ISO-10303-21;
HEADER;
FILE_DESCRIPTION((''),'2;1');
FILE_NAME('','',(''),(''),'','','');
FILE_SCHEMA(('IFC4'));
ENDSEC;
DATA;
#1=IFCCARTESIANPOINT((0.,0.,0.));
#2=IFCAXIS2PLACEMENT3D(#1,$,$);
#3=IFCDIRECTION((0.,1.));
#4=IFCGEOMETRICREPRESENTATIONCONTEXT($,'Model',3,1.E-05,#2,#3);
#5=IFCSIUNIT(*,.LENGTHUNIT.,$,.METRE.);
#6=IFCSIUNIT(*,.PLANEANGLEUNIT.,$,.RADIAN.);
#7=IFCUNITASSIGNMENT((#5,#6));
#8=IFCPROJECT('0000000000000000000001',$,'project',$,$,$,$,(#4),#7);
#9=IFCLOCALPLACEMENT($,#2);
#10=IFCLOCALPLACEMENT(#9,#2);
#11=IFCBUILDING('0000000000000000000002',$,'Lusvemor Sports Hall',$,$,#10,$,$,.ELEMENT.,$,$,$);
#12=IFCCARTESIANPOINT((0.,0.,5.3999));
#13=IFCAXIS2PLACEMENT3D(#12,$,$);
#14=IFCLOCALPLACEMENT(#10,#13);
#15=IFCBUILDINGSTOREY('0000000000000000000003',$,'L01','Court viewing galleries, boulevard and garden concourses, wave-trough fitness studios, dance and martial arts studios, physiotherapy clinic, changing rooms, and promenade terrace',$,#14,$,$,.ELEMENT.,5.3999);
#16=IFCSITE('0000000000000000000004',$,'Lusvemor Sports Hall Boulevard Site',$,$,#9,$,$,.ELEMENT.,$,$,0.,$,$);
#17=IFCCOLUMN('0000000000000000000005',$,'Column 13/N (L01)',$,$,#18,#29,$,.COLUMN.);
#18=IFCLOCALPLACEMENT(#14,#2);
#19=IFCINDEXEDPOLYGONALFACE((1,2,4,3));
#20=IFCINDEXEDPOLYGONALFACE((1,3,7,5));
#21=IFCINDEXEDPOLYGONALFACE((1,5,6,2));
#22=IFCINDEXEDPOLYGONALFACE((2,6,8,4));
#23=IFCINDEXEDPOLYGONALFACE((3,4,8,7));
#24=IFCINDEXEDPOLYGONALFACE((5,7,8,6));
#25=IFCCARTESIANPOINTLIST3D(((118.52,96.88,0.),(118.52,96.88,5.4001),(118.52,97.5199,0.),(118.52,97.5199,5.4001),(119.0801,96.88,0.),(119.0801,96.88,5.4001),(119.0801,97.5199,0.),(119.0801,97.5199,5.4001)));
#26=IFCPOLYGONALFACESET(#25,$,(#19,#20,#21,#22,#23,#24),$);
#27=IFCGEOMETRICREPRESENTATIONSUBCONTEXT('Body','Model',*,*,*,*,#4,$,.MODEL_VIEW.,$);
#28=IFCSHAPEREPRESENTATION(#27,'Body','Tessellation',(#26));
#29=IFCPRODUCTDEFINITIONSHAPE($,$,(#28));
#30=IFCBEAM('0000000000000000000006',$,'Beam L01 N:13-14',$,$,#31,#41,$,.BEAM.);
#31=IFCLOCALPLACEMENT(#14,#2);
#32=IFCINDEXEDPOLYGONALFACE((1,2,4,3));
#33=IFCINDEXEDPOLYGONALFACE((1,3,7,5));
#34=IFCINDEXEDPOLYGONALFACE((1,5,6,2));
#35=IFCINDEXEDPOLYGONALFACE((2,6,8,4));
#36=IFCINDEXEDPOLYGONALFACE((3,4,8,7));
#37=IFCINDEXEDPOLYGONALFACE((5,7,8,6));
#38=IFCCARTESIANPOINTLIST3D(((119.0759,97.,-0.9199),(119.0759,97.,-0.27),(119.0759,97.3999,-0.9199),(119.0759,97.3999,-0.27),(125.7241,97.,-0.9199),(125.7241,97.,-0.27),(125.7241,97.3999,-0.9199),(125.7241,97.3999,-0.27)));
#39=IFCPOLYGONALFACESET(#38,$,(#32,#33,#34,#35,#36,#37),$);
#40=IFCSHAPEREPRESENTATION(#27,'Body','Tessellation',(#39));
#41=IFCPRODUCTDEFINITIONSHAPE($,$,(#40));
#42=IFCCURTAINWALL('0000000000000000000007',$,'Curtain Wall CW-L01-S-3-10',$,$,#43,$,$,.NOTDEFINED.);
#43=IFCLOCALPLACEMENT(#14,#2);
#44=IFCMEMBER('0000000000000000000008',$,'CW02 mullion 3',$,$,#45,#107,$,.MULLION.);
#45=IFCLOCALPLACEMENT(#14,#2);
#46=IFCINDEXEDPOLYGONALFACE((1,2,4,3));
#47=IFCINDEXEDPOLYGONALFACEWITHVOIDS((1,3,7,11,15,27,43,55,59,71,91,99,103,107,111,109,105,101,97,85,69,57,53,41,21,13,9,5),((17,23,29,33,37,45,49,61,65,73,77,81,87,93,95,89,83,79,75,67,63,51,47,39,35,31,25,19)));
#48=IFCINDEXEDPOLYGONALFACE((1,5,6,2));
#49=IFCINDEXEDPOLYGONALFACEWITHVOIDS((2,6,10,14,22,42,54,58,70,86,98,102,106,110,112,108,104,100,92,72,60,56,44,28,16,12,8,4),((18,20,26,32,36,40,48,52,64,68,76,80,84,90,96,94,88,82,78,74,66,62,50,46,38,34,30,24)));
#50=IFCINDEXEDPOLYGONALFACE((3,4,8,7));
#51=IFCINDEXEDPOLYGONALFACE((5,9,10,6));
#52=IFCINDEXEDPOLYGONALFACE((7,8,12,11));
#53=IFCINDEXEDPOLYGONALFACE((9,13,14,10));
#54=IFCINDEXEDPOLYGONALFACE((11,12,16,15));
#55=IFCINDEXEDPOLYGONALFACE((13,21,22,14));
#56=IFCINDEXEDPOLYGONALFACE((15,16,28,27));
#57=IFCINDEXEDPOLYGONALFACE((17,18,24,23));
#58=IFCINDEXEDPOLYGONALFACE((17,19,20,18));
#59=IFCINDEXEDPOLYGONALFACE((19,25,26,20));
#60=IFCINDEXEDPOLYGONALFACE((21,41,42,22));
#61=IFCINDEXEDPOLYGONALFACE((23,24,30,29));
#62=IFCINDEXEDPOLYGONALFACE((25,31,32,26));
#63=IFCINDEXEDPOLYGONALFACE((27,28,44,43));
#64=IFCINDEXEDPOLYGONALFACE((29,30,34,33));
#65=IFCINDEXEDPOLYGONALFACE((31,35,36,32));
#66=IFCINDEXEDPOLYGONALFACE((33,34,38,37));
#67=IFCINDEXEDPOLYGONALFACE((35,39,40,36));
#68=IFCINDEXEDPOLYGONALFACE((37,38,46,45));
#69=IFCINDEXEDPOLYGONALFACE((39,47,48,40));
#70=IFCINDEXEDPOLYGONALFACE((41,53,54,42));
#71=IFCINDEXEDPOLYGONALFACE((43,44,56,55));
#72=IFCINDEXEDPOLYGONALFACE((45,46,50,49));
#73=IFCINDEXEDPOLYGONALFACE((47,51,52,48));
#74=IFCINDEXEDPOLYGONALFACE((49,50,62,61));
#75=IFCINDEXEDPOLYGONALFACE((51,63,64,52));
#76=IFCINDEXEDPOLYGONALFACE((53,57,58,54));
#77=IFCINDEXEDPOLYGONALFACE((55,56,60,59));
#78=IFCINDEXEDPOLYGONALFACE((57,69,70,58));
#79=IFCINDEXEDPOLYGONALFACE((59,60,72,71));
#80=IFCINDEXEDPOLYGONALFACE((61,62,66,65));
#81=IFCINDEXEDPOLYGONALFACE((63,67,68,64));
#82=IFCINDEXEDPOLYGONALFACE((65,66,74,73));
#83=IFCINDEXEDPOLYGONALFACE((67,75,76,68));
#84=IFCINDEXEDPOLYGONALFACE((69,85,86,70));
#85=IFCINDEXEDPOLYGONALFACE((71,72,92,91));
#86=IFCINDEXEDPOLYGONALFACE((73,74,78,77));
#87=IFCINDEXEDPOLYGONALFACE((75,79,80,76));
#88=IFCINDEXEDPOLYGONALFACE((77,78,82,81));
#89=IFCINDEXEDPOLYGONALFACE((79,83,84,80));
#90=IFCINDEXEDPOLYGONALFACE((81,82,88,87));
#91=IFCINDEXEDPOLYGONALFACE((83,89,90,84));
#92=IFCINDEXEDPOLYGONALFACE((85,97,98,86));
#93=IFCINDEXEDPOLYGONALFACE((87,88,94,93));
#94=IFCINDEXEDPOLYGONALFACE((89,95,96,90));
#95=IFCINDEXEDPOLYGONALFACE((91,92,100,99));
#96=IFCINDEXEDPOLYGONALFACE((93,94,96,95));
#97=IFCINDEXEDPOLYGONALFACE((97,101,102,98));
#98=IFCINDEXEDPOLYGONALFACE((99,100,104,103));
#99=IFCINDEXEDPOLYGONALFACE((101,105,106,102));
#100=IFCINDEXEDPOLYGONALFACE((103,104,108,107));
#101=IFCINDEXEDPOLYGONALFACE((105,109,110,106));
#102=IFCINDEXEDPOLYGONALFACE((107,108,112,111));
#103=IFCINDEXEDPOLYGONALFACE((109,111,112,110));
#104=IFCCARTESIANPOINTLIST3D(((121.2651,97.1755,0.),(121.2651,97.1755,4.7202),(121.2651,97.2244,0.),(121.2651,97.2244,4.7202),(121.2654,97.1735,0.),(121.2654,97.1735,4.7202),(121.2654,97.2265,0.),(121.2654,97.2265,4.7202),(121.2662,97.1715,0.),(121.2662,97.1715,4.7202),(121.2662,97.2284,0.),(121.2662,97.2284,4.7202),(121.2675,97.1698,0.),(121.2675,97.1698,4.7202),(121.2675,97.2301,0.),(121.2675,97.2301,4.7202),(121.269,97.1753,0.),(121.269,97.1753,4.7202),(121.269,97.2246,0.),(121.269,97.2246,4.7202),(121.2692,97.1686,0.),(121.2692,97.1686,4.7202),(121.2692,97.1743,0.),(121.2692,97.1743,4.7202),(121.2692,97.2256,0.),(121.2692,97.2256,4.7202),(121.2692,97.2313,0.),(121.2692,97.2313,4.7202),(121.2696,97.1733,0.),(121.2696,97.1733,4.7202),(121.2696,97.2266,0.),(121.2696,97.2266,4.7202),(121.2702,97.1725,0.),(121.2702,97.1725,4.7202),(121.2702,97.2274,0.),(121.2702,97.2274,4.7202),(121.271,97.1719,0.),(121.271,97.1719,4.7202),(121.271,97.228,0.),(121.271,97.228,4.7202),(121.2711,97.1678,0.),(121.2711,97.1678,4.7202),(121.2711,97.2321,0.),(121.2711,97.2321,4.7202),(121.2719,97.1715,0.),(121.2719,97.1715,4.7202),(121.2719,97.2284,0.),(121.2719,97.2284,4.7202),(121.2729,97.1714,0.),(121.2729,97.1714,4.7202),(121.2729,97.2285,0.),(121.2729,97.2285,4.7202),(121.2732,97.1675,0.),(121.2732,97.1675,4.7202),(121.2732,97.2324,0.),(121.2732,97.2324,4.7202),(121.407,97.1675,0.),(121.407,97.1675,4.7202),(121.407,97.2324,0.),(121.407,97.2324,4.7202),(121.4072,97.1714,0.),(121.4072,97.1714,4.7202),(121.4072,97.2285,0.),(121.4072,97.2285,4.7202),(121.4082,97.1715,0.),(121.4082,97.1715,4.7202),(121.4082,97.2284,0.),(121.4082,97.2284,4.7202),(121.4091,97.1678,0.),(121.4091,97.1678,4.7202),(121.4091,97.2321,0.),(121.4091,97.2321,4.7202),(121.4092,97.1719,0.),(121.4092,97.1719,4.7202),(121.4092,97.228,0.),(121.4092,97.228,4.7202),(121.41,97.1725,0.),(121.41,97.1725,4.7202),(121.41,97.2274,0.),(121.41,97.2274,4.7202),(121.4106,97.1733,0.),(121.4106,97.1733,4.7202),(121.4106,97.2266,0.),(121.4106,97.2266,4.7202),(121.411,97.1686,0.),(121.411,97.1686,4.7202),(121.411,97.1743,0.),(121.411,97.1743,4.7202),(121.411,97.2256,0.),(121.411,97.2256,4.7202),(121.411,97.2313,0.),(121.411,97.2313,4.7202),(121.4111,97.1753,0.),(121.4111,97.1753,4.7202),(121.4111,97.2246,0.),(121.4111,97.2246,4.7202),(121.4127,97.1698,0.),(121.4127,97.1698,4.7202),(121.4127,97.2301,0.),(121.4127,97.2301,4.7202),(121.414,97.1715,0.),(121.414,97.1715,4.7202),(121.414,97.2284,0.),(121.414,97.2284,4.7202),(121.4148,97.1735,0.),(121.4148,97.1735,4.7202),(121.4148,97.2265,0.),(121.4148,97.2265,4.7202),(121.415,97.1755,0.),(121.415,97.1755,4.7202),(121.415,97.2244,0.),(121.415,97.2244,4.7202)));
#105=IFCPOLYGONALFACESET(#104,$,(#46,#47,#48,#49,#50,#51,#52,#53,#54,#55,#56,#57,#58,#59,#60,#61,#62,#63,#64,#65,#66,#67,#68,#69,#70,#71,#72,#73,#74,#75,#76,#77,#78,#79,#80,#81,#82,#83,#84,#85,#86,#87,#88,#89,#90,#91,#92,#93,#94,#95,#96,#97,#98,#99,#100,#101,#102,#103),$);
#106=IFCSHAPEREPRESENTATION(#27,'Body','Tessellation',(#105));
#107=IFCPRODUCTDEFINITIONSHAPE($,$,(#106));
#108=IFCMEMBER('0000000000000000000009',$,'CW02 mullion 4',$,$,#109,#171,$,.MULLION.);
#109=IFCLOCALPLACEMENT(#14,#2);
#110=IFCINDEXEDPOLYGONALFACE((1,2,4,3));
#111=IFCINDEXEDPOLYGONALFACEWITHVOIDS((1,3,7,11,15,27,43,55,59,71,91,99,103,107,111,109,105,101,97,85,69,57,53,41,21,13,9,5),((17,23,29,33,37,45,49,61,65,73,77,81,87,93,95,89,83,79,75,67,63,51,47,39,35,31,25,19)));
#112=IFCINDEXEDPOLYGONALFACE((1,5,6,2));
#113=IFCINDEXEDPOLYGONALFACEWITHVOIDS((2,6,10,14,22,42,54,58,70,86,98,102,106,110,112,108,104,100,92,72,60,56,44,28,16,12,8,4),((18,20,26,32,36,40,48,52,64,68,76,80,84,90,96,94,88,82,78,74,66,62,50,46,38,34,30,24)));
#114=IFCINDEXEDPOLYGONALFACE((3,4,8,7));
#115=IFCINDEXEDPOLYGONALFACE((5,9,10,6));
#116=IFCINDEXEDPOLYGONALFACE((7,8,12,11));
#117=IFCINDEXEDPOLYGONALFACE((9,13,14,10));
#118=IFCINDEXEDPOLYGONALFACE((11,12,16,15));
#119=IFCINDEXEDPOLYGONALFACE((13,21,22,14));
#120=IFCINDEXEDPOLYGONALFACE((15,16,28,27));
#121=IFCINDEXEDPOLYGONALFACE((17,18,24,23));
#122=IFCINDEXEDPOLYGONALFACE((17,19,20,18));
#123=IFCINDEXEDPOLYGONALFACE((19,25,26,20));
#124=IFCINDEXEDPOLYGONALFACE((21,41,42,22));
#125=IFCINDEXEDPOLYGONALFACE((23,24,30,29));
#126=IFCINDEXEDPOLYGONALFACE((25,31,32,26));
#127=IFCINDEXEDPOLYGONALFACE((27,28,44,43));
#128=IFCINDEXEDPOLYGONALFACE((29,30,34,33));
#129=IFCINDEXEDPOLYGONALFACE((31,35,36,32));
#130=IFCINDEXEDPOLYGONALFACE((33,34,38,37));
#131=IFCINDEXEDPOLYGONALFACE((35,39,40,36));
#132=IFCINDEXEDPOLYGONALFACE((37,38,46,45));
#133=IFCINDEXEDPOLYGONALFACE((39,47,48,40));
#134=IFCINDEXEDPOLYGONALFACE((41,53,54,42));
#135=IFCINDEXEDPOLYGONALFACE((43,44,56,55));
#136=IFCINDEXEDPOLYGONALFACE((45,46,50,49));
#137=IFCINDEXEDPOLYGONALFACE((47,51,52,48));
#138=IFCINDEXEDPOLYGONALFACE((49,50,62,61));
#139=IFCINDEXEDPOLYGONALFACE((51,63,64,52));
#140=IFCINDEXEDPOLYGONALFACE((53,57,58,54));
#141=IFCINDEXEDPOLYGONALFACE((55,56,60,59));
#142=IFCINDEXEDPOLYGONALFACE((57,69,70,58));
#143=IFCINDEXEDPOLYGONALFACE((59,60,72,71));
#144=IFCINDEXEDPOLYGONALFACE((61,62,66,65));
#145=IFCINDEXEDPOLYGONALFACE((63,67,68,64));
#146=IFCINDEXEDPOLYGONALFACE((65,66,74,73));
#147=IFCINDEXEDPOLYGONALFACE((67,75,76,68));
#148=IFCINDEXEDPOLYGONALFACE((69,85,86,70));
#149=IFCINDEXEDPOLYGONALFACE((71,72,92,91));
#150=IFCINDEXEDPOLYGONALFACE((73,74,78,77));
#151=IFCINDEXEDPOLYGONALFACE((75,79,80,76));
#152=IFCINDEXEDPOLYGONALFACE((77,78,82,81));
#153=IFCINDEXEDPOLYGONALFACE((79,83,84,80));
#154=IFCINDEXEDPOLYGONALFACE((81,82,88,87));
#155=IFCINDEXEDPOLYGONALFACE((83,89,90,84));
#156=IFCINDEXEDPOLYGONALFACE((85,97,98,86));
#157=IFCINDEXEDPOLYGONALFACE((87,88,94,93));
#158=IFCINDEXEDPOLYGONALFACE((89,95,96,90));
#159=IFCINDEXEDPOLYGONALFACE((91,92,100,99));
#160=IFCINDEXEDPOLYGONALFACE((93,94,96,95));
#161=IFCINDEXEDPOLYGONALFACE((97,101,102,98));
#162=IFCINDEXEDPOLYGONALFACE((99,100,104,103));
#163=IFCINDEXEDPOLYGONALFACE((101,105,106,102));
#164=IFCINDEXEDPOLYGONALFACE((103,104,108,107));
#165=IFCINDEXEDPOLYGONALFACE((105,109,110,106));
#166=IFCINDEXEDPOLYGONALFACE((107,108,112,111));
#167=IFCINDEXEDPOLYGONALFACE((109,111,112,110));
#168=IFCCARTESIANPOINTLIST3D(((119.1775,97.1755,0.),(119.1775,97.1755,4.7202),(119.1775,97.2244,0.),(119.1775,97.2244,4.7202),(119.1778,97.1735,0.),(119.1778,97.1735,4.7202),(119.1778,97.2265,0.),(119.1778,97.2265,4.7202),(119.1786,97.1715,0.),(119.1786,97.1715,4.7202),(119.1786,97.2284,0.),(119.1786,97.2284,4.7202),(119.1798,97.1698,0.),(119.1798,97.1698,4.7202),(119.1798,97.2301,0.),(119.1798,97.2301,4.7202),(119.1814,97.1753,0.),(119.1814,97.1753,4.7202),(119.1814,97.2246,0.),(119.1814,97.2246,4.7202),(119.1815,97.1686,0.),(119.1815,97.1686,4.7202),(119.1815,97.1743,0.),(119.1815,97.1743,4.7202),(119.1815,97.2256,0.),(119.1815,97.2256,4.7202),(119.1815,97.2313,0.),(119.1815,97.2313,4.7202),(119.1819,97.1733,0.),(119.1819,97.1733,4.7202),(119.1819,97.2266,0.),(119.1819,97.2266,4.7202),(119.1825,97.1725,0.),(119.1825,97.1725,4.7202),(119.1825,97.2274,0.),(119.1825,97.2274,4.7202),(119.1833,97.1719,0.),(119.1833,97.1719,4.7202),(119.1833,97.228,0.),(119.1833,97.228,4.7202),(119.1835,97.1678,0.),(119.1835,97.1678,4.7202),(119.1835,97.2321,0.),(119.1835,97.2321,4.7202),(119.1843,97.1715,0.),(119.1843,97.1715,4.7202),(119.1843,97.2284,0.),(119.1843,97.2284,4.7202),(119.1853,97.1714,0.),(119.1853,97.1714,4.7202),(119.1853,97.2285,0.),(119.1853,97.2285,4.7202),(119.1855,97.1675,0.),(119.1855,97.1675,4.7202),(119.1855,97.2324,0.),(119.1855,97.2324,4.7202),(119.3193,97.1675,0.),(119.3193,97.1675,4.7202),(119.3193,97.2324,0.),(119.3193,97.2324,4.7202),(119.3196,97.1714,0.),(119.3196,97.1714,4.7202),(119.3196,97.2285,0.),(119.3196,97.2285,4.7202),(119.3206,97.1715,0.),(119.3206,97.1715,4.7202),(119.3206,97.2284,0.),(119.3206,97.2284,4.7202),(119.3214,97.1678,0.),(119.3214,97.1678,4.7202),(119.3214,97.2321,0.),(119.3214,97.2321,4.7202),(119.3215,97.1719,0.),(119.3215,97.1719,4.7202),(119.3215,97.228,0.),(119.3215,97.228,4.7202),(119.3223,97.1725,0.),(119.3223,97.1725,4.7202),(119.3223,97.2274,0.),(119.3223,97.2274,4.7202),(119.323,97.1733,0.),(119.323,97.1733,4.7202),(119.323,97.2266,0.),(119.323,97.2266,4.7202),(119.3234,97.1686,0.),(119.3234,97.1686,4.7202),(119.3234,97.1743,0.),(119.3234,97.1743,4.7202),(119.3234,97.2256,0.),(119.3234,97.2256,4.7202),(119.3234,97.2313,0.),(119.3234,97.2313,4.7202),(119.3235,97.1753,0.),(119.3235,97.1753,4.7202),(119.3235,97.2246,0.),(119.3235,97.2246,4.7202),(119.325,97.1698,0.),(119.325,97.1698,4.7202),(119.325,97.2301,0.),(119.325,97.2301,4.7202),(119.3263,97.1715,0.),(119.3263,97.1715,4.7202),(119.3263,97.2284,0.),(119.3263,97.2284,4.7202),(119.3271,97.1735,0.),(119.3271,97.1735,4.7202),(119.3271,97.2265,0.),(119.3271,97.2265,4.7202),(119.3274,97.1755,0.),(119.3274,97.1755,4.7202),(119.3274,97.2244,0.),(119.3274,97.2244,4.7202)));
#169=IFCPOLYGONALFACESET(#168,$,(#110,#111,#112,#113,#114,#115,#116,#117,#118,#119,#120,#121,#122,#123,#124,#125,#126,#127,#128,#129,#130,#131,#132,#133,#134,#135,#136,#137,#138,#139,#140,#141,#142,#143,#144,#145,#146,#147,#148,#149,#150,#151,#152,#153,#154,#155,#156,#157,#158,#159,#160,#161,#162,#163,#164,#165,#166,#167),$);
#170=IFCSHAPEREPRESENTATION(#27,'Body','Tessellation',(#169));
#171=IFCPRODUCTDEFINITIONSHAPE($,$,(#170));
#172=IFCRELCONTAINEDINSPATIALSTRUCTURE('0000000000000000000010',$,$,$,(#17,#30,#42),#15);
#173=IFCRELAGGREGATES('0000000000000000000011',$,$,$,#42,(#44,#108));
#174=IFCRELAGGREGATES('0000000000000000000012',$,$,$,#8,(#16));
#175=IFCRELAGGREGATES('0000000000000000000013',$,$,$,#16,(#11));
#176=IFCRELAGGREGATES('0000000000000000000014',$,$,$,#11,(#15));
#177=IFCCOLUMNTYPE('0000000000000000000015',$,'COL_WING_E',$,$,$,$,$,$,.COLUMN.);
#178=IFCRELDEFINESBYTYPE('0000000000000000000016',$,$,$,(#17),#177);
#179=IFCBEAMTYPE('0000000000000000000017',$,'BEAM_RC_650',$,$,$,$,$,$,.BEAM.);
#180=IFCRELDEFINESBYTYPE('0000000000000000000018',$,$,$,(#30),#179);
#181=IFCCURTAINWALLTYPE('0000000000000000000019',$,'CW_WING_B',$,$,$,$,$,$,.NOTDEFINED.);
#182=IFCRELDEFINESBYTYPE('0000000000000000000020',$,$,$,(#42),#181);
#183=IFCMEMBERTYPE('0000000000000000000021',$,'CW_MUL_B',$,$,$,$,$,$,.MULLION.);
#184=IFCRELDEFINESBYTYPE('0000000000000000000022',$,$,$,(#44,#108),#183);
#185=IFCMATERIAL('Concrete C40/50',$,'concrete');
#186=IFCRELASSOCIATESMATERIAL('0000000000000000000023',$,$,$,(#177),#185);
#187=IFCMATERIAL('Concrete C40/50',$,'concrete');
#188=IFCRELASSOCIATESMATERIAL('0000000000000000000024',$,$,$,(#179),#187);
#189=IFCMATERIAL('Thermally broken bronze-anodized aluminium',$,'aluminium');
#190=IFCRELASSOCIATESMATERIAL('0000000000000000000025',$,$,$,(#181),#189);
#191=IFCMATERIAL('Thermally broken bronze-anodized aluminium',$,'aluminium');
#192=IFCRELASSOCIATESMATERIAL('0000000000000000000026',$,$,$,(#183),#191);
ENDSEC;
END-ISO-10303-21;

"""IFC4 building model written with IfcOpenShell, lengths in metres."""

from ifc_helpers import new_model, si_unit, direction, frame, origin, origin_2d, place, context, subcontext, project, spatial, rectangle, hollow_rectangle, extrude, material, material_profile, profile_set, type_object, element, aggregate, save


model = new_model("IFC4")

# Units and contexts
model_context = context("Model", 3, precision=1e-05, world=origin(), true_north=direction((0.0, 1.0)))
body_context = subcontext(model_context, "Body", "Model", "MODEL_VIEW")
ifc_project = project(units=[si_unit("LENGTHUNIT", "METRE"), si_unit("PLANEANGLEUNIT", "RADIAN")], contexts=[model_context])

# Site, building, storey
site_placement = place(None, origin())
site = spatial("IfcSite", under=ifc_project, at=site_placement, Name="Lusvemor Sports Hall Boulevard Site", CompositionType="ELEMENT", RefElevation=0.0)
building_placement = place(site_placement, origin())
building = spatial("IfcBuilding", under=site, at=building_placement, Name="Lusvemor Sports Hall", CompositionType="ELEMENT")
storey_placement = place(building_placement, frame((0.0, 0.0, 5.3999)))
storey = spatial("IfcBuildingStorey", under=building, at=storey_placement, Name="L01", Description="Court viewing galleries, boulevard and garden concourses, wave-trough fitness studios, dance and martial arts studios, physiotherapy clinic, changing rooms, and promenade terrace", CompositionType="ELEMENT", Elevation=5.3999)

# Column
ifc_material_1 = material(Name="Concrete C40/50", Category="concrete")
ifc_material_profile_1 = material_profile(ifc_material_1, rectangle(XDim=0.5601, YDim=0.6399, at=origin_2d()), Name="RC560x640")
ifc_profile_set_1 = profile_set([ifc_material_profile_1], Name="Concrete C40/50")
column_type = type_object("IfcColumnType", Name="COL_WING_E", PredefinedType="COLUMN", material=ifc_profile_set_1)
column_placement = place(storey_placement, frame((118.8, 97.2, 0.0), z_axis=(0.0, 0.0, 1.0), x_axis=(1.0, 0.0, 0.0)))
element("IfcColumn", 1, at=column_placement, inside=storey, type_object=column_type, Name="Column 13/N (L01)", PredefinedType="COLUMN", context=body_context, shape_type="SweptSolid", body=[
    extrude(rectangle(XDim=0.5601, YDim=0.6399, at=origin_2d()), origin(), (0.0, 0.0, 1.0), 5.4001),
])

# Beam
ifc_material_2 = material(Name="Concrete C40/50", Category="concrete")
ifc_material_profile_2 = material_profile(ifc_material_2, rectangle(XDim=0.3999, YDim=0.6499, at=origin_2d()), Name="RC400x650")
ifc_profile_set_2 = profile_set([ifc_material_profile_2], Name="Concrete C40/50")
beam_type = type_object("IfcBeamType", Name="BEAM_RC_650", PredefinedType="BEAM", material=ifc_profile_set_2)
beam_placement = place(storey_placement, frame((119.0759, 97.2, -0.595), z_axis=(1.0, 0.0, 0.0), x_axis=(0.0, 1.0, 0.0)))
element("IfcBeam", 2, at=beam_placement, inside=storey, type_object=beam_type, Name="Beam L01 N:13-14", PredefinedType="BEAM", context=body_context, shape_type="SweptSolid", body=[
    extrude(rectangle(XDim=0.3999, YDim=0.6499, at=origin_2d()), origin(), (0.0, 0.0, 1.0), 6.6482),
])

# Curtain wall, members
ifc_material_3 = material(Name="Thermally broken bronze-anodized aluminium", Category="aluminium")
curtain_wall_type = type_object("IfcCurtainWallType", Name="CW_WING_B", PredefinedType="NOTDEFINED", material=ifc_material_3)
curtain_wall_1_placement = place(storey_placement, origin())
curtain_wall_1 = element("IfcCurtainWall", 3, at=curtain_wall_1_placement, inside=storey, type_object=curtain_wall_type, Name="Curtain Wall CW-L01-S-3-10", PredefinedType="NOTDEFINED")
ifc_material_4 = material(Name="Thermally broken bronze-anodized aluminium", Category="aluminium")
ifc_material_profile_3 = material_profile(ifc_material_4, hollow_rectangle(XDim=0.0649, YDim=0.1499, WallThickness=0.0039, InnerFilletRadius=0.0039, OuterFilletRadius=0.0081, at=origin_2d()), Name="CWMUL150x65x4")
ifc_profile_set_3 = profile_set([ifc_material_profile_3], Name="Thermally broken bronze-anodized aluminium")
member_type_1 = type_object("IfcMemberType", Name="CW_MUL_B", PredefinedType="MULLION", material=ifc_profile_set_3)
member_1_placement = place(storey_placement, frame((121.3401, 97.2, 0.0), z_axis=(0.0, 0.0, 1.0), x_axis=(0.0, -1.0, 0.0)))
member_1 = element("IfcMember", 4, at=member_1_placement, type_object=member_type_1, Name="CW02 mullion 3", PredefinedType="MULLION", context=body_context, shape_type="SweptSolid", body=[
    extrude(hollow_rectangle(XDim=0.0649, YDim=0.1499, WallThickness=0.0039, InnerFilletRadius=0.0039, OuterFilletRadius=0.0081, at=origin_2d()), origin(), (0.0, 0.0, 1.0), 4.7202),
])
member_2_placement = place(storey_placement, frame((119.2524, 97.2, 0.0), z_axis=(0.0, 0.0, 1.0), x_axis=(0.0, -1.0, 0.0)))
member_2 = element("IfcMember", 5, at=member_2_placement, type_object=member_type_1, Name="CW02 mullion 4", PredefinedType="MULLION", context=body_context, shape_type="SweptSolid", body=[
    extrude(hollow_rectangle(XDim=0.0649, YDim=0.1499, WallThickness=0.0039, InnerFilletRadius=0.0039, OuterFilletRadius=0.0081, at=origin_2d()), origin(), (0.0, 0.0, 1.0), 4.7202),
])

aggregate(curtain_wall_1, [member_1, member_2])

save(model, "model.ifc")
